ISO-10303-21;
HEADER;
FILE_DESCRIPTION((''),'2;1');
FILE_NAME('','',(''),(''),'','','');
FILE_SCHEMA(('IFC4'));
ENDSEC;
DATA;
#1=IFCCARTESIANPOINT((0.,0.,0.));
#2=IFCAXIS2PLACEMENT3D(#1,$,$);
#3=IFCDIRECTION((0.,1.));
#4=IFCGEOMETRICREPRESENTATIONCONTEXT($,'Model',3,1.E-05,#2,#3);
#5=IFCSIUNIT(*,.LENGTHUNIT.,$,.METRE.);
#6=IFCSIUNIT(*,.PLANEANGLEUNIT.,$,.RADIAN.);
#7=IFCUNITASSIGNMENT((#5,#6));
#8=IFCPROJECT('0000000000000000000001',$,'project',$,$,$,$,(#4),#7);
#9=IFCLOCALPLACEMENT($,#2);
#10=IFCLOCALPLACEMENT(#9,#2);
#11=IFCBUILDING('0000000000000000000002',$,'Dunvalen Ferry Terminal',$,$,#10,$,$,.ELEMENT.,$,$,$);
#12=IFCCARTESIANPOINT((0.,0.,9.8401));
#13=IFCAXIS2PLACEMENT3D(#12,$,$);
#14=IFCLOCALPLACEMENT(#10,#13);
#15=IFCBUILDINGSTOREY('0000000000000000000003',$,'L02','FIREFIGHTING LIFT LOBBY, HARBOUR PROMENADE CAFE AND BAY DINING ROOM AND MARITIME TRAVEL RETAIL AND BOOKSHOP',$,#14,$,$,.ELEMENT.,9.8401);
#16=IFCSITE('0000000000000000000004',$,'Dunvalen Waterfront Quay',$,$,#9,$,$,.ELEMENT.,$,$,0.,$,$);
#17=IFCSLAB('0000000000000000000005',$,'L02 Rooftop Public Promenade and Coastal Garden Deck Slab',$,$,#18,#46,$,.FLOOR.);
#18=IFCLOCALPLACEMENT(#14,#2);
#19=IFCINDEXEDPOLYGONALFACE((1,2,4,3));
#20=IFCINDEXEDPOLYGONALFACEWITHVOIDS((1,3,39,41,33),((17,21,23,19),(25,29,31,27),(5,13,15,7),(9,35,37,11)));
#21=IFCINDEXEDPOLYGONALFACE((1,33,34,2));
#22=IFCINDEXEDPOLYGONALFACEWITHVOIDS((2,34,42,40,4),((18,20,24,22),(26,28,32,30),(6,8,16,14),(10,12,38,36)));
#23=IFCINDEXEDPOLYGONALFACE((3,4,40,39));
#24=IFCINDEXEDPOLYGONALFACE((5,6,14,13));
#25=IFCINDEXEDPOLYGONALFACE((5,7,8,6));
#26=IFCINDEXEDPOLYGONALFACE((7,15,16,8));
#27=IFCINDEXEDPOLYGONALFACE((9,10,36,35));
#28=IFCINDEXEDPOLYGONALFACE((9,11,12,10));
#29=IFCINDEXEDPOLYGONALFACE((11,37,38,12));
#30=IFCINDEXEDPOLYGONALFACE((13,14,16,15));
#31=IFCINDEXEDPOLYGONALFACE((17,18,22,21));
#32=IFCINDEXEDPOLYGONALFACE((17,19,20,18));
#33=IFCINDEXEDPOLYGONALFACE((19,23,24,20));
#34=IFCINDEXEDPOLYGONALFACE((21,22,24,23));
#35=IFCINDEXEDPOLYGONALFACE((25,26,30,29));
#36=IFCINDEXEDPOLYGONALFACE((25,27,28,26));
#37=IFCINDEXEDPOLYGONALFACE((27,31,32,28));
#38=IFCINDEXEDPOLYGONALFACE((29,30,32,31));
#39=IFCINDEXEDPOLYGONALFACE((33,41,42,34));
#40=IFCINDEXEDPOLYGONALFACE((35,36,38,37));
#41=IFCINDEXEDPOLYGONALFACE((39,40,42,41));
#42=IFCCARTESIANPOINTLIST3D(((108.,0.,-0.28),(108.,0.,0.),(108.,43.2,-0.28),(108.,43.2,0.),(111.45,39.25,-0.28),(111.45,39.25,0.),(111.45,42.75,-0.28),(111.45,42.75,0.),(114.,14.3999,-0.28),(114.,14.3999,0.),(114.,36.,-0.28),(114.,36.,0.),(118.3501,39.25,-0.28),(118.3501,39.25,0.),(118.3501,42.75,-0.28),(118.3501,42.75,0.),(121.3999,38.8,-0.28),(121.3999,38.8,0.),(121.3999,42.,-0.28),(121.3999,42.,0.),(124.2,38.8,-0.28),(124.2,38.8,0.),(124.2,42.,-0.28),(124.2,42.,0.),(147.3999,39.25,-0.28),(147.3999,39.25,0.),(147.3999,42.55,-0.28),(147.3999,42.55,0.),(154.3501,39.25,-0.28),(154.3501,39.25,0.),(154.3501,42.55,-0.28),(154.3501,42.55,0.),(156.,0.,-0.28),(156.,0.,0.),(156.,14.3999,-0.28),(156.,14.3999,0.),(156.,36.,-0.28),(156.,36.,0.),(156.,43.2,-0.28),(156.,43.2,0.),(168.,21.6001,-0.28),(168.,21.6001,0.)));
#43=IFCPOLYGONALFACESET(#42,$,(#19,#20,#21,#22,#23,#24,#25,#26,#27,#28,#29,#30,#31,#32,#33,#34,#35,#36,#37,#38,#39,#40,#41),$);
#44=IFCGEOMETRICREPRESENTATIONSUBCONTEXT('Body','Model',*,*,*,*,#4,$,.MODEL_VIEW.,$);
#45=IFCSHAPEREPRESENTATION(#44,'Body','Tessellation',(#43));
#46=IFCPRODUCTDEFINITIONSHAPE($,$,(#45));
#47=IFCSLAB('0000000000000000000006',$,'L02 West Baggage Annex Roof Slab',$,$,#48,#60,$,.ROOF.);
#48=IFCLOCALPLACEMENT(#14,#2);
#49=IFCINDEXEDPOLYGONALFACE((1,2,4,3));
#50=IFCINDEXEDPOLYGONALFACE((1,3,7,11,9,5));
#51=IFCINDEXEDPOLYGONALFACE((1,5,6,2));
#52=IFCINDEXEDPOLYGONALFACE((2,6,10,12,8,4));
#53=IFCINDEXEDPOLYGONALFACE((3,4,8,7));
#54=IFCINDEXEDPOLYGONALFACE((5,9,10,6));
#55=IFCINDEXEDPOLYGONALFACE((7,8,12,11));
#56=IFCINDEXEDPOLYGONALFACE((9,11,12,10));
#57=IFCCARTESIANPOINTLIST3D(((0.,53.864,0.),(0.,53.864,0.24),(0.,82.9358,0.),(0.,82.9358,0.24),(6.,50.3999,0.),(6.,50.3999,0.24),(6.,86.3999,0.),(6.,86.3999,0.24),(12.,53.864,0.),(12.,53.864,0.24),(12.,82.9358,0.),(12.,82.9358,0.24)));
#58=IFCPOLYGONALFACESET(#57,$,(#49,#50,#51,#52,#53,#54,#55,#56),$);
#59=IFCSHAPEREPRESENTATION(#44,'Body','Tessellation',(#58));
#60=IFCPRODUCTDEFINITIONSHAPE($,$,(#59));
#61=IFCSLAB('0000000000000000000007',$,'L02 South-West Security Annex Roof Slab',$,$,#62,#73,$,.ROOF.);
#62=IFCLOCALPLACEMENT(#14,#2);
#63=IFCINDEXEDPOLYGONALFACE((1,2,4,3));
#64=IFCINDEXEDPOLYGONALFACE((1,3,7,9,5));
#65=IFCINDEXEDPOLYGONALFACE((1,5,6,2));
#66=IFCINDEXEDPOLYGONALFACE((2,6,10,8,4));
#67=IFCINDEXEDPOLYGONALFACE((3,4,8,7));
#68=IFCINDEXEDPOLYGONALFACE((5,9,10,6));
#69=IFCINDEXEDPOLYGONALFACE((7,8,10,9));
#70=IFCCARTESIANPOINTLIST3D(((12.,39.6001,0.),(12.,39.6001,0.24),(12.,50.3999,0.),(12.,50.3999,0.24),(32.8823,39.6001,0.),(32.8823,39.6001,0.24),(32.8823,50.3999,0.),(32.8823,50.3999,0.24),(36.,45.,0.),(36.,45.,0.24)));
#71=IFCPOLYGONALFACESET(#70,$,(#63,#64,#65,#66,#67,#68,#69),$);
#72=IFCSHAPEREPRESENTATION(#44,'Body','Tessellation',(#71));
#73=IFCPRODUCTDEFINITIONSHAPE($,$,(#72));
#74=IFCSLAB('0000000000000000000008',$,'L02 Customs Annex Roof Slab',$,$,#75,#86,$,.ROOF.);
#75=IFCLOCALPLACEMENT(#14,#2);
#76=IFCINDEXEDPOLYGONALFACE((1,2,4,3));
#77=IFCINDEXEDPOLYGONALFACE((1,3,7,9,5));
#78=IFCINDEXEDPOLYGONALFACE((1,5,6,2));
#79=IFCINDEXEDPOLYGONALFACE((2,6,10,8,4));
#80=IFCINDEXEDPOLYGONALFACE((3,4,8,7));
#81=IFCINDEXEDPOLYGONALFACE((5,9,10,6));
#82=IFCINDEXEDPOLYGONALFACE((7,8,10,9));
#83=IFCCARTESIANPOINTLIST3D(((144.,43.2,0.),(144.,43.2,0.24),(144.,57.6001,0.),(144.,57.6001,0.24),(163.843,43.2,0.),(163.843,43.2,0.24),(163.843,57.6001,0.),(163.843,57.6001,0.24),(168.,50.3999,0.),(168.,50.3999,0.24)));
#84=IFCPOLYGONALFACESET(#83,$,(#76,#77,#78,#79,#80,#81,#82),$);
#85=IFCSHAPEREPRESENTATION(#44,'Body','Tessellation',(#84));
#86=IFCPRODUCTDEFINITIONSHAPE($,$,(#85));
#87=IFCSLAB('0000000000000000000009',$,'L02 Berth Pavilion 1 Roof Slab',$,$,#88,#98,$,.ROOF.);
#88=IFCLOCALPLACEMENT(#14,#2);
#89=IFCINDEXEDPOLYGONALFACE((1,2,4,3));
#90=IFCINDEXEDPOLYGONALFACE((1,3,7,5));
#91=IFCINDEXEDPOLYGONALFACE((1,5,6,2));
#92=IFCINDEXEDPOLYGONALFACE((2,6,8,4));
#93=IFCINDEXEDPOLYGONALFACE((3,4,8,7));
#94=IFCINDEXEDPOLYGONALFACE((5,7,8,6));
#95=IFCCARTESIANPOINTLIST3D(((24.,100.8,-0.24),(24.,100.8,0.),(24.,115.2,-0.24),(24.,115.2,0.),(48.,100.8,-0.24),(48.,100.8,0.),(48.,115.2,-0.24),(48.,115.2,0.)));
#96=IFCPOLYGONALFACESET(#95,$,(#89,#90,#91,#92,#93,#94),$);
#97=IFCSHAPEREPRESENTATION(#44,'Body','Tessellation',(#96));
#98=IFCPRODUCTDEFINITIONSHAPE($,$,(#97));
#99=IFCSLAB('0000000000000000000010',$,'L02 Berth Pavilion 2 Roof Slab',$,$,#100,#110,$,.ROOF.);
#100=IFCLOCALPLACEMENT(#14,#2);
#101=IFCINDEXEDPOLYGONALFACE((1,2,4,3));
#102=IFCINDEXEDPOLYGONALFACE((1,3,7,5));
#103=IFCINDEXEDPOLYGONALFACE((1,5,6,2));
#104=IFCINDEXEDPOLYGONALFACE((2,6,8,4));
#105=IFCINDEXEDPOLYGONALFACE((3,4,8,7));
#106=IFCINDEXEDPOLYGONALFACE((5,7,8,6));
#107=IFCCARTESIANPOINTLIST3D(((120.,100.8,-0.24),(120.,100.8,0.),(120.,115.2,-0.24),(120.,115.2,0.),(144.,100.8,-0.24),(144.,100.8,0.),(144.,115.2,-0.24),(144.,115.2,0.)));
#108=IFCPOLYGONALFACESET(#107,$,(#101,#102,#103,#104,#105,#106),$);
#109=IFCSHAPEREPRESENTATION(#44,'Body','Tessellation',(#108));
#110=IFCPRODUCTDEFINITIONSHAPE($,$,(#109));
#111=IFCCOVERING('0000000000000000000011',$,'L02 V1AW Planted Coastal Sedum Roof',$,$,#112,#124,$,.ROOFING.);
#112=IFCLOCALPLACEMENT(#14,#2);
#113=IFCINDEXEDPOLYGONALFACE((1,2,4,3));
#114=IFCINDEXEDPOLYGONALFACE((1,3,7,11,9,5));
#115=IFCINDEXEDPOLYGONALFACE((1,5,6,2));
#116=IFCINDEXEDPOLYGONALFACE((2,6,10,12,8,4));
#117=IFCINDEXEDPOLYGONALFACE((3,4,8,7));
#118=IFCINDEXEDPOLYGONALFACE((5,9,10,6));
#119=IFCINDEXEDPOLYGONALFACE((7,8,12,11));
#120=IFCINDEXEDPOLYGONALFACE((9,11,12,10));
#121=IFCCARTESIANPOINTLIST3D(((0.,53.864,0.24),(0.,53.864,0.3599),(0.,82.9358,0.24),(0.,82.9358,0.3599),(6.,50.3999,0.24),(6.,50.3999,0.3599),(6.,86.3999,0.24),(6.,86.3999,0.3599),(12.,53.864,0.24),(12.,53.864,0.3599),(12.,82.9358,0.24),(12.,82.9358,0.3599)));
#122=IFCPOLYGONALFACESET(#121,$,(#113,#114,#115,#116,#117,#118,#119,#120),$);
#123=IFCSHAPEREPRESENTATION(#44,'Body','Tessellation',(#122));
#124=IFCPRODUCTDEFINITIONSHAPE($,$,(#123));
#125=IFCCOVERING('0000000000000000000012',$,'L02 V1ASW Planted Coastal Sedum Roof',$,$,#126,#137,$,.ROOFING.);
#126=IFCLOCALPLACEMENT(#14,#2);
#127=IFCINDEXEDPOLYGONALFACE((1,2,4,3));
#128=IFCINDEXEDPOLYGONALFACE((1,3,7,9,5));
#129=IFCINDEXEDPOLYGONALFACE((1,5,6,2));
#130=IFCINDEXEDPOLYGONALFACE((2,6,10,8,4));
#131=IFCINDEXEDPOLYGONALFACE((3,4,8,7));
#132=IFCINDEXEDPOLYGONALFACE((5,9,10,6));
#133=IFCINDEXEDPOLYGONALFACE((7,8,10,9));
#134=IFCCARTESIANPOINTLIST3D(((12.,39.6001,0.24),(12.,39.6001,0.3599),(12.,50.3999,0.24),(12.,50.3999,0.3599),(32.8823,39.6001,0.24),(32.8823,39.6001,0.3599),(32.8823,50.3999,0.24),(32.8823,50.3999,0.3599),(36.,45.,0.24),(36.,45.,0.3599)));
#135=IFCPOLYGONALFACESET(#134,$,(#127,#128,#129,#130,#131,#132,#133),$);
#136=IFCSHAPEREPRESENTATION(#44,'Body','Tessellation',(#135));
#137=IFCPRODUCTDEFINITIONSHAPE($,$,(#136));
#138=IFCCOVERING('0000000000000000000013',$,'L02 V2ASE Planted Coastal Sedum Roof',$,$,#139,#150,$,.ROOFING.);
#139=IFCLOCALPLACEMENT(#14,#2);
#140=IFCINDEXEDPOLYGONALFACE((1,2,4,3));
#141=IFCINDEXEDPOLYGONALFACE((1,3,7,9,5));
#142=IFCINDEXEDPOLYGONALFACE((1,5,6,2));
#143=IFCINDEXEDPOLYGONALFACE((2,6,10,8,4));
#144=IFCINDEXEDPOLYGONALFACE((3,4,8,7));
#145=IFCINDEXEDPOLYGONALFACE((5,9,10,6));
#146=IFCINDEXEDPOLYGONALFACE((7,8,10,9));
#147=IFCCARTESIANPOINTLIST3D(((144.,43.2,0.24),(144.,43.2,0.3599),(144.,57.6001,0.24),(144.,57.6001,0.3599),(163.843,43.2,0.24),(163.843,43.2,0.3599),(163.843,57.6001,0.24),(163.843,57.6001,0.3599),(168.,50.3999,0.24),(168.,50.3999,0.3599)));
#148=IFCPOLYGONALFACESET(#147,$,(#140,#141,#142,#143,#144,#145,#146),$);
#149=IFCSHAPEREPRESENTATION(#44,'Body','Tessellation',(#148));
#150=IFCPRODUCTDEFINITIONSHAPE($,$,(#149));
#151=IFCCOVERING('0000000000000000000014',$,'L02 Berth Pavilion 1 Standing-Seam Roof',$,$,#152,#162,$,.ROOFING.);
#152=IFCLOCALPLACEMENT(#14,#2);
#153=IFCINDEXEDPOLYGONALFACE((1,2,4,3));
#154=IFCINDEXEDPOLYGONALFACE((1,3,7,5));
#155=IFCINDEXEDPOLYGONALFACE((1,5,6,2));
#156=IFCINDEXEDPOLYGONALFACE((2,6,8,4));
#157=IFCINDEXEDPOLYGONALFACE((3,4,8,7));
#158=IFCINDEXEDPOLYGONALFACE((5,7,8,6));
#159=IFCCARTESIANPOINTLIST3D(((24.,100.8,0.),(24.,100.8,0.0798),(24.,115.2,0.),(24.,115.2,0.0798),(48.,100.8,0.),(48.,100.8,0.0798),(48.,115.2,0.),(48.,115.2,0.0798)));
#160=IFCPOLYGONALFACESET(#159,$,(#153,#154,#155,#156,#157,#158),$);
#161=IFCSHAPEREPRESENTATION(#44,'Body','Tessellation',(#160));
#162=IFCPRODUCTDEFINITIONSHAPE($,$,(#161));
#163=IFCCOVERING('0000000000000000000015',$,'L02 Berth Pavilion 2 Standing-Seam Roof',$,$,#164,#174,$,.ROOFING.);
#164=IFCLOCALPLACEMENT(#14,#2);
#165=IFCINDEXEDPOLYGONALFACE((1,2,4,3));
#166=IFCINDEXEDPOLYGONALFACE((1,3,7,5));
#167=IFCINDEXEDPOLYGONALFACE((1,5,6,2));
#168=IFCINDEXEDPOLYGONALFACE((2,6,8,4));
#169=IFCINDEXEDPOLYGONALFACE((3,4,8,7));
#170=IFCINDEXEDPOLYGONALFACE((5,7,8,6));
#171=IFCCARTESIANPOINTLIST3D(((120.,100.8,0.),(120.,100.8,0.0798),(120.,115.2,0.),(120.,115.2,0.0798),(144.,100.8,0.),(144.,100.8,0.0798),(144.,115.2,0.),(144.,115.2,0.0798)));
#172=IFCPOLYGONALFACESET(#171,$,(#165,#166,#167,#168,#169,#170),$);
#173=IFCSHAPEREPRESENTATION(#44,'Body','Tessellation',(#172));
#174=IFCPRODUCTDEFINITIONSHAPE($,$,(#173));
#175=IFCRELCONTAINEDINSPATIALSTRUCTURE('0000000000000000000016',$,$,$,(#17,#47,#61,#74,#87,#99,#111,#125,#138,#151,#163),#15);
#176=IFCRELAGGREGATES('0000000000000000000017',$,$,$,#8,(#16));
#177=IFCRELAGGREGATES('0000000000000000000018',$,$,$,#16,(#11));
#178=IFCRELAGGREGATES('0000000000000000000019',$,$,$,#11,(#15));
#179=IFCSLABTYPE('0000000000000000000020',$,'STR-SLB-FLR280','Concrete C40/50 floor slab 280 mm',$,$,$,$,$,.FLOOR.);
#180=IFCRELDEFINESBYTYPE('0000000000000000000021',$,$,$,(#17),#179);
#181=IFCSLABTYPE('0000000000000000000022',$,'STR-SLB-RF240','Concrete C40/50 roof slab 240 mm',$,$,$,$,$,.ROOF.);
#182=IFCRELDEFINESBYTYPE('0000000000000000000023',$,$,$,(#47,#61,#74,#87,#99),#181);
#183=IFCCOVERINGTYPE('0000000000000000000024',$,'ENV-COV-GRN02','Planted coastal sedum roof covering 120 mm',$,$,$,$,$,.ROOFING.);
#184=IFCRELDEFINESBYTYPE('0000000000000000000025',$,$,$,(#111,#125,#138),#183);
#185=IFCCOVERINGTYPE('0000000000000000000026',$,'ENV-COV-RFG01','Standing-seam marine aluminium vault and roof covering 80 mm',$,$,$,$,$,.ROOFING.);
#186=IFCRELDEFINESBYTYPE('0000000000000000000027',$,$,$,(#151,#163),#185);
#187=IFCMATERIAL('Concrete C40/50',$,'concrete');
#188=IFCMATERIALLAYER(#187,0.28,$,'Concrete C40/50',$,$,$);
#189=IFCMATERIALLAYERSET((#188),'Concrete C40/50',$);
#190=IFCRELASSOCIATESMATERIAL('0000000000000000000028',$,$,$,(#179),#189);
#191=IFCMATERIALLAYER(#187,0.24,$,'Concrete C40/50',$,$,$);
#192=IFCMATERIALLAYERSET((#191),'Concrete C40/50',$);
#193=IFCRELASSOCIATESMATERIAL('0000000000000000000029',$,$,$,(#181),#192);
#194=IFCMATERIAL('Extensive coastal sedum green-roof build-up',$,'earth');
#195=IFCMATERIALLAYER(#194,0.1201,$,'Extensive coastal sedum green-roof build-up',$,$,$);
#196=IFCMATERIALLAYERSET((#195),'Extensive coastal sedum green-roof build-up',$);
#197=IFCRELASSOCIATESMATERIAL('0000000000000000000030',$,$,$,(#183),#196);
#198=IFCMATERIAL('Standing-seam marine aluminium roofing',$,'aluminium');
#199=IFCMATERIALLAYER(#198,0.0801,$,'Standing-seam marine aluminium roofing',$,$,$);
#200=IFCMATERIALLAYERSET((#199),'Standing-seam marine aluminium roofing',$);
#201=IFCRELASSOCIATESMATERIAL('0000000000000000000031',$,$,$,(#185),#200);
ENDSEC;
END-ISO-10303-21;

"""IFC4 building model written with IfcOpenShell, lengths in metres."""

from ifc_helpers import new_model, si_unit, direction, frame, origin, place, context, subcontext, project, spatial, polyline, outline, extrude, material, layer, layer_set, type_object, element, save


model = new_model("IFC4")

# Units and contexts
model_context = context("Model", 3, precision=1e-05, world=origin(), true_north=direction((0.0, 1.0)))
body_context = subcontext(model_context, "Body", "Model", "MODEL_VIEW")
ifc_project = project(units=[si_unit("LENGTHUNIT", "METRE"), si_unit("PLANEANGLEUNIT", "RADIAN")], contexts=[model_context])

# Site, building, storey
site_placement = place(None, origin())
site = spatial("IfcSite", under=ifc_project, at=site_placement, Name="Dunvalen Waterfront Quay", CompositionType="ELEMENT", RefElevation=0.0)
building_placement = place(site_placement, origin())
building = spatial("IfcBuilding", under=site, at=building_placement, Name="Dunvalen Ferry Terminal", CompositionType="ELEMENT")
storey_placement = place(building_placement, frame((0.0, 0.0, 9.8401)))
storey = spatial("IfcBuildingStorey", under=building, at=storey_placement, Name="L02", Description="FIREFIGHTING LIFT LOBBY, HARBOUR PROMENADE CAFE AND BAY DINING ROOM AND MARITIME TRAVEL RETAIL AND BOOKSHOP", CompositionType="ELEMENT", Elevation=9.8401)

# Slabs
ifc_material_1 = material(Name="Concrete C40/50", Category="concrete")
ifc_layer_1 = layer(ifc_material_1, 0.28, Name="Concrete C40/50")
ifc_layer_set_1 = layer_set([ifc_layer_1], Name="Concrete C40/50")
slab_type_1 = type_object("IfcSlabType", Name="STR-SLB-FLR280", Description="Concrete C40/50 floor slab 280 mm", PredefinedType="FLOOR", material=ifc_layer_set_1)
slab_1_placement = place(storey_placement, frame((0.0, 0.0, -0.28)))
element("IfcSlab", 1, at=slab_1_placement, inside=storey, type_object=slab_type_1, Name="L02 Rooftop Public Promenade and Coastal Garden Deck Slab", PredefinedType="FLOOR", context=body_context, shape_type="SweptSolid", body=[
    extrude(outline(polyline([(108.0, 0.0), (156.0, 0.0), (168.0, 21.6001), (156.0, 43.2), (108.0, 43.2), (108.0, 0.0)]), holes=[polyline([(114.0, 14.3999), (156.0, 14.3999), (156.0, 36.0), (114.0, 36.0), (114.0, 14.3999)]), polyline([(111.45, 39.25), (118.3501, 39.25), (118.3501, 42.75), (111.45, 42.75), (111.45, 39.25)]), polyline([(147.3999, 39.25), (154.3501, 39.25), (154.3501, 42.55), (147.3999, 42.55), (147.3999, 39.25)]), polyline([(121.3999, 38.8), (124.2, 38.8), (124.2, 42.0), (121.3999, 42.0), (121.3999, 38.8)])]), origin(), (0.0, 0.0, 1.0), 0.28),
])
ifc_layer_2 = layer(ifc_material_1, 0.24, Name="Concrete C40/50")
ifc_layer_set_2 = layer_set([ifc_layer_2], Name="Concrete C40/50")
slab_type_2 = type_object("IfcSlabType", Name="STR-SLB-RF240", Description="Concrete C40/50 roof slab 240 mm", PredefinedType="ROOF", material=ifc_layer_set_2)
slab_2_placement = place(storey_placement, origin())
element("IfcSlab", 2, at=slab_2_placement, inside=storey, type_object=slab_type_2, Name="L02 West Baggage Annex Roof Slab", PredefinedType="ROOF", context=body_context, shape_type="SweptSolid", body=[
    extrude(outline(polyline([(6.0, 50.3999), (12.0, 53.864), (12.0, 82.9358), (6.0, 86.3999), (0.0, 82.9358), (0.0, 53.864), (6.0, 50.3999)])), origin(), (0.0, 0.0, 1.0), 0.24),
])
slab_3_placement = place(storey_placement, origin())
element("IfcSlab", 3, at=slab_3_placement, inside=storey, type_object=slab_type_2, Name="L02 South-West Security Annex Roof Slab", PredefinedType="ROOF", context=body_context, shape_type="SweptSolid", body=[
    extrude(outline(polyline([(12.0, 39.6001), (32.8823, 39.6001), (36.0, 45.0), (32.8823, 50.3999), (12.0, 50.3999), (12.0, 39.6001)])), origin(), (0.0, 0.0, 1.0), 0.24),
])
slab_4_placement = place(storey_placement, origin())
element("IfcSlab", 4, at=slab_4_placement, inside=storey, type_object=slab_type_2, Name="L02 Customs Annex Roof Slab", PredefinedType="ROOF", context=body_context, shape_type="SweptSolid", body=[
    extrude(outline(polyline([(144.0, 43.2), (163.843, 43.2), (168.0, 50.3999), (163.843, 57.6001), (144.0, 57.6001), (144.0, 43.2)])), origin(), (0.0, 0.0, 1.0), 0.24),
])
slab_5_placement = place(storey_placement, frame((0.0, 0.0, -0.24)))
element("IfcSlab", 5, at=slab_5_placement, inside=storey, type_object=slab_type_2, Name="L02 Berth Pavilion 1 Roof Slab", PredefinedType="ROOF", context=body_context, shape_type="SweptSolid", body=[
    extrude(outline(polyline([(24.0, 100.8), (48.0, 100.8), (48.0, 115.2), (24.0, 115.2), (24.0, 100.8)])), origin(), (0.0, 0.0, 1.0), 0.24),
])
slab_6_placement = place(storey_placement, frame((0.0, 0.0, -0.24)))
element("IfcSlab", 6, at=slab_6_placement, inside=storey, type_object=slab_type_2, Name="L02 Berth Pavilion 2 Roof Slab", PredefinedType="ROOF", context=body_context, shape_type="SweptSolid", body=[
    extrude(outline(polyline([(120.0, 100.8), (144.0, 100.8), (144.0, 115.2), (120.0, 115.2), (120.0, 100.8)])), origin(), (0.0, 0.0, 1.0), 0.24),
])

# Coverings
ifc_material_2 = material(Name="Extensive coastal sedum green-roof build-up", Category="earth")
ifc_layer_3 = layer(ifc_material_2, 0.1201, Name="Extensive coastal sedum green-roof build-up")
ifc_layer_set_3 = layer_set([ifc_layer_3], Name="Extensive coastal sedum green-roof build-up")
covering_type_1 = type_object("IfcCoveringType", Name="ENV-COV-GRN02", Description="Planted coastal sedum roof covering 120 mm", PredefinedType="ROOFING", material=ifc_layer_set_3)
covering_1_placement = place(storey_placement, frame((0.0, 0.0, 0.24)))
element("IfcCovering", 7, at=covering_1_placement, inside=storey, type_object=covering_type_1, Name="L02 V1AW Planted Coastal Sedum Roof", PredefinedType="ROOFING", context=body_context, shape_type="SweptSolid", body=[
    extrude(outline(polyline([(6.0, 50.3999), (12.0, 53.864), (12.0, 82.9358), (6.0, 86.3999), (0.0, 82.9358), (0.0, 53.864), (6.0, 50.3999)])), origin(), (0.0, 0.0, 1.0), 0.1199),
])
covering_2_placement = place(storey_placement, frame((0.0, 0.0, 0.24)))
element("IfcCovering", 8, at=covering_2_placement, inside=storey, type_object=covering_type_1, Name="L02 V1ASW Planted Coastal Sedum Roof", PredefinedType="ROOFING", context=body_context, shape_type="SweptSolid", body=[
    extrude(outline(polyline([(12.0, 39.6001), (32.8823, 39.6001), (36.0, 45.0), (32.8823, 50.3999), (12.0, 50.3999), (12.0, 39.6001)])), origin(), (0.0, 0.0, 1.0), 0.1199),
])
covering_3_placement = place(storey_placement, frame((0.0, 0.0, 0.24)))
element("IfcCovering", 9, at=covering_3_placement, inside=storey, type_object=covering_type_1, Name="L02 V2ASE Planted Coastal Sedum Roof", PredefinedType="ROOFING", context=body_context, shape_type="SweptSolid", body=[
    extrude(outline(polyline([(144.0, 43.2), (163.843, 43.2), (168.0, 50.3999), (163.843, 57.6001), (144.0, 57.6001), (144.0, 43.2)])), origin(), (0.0, 0.0, 1.0), 0.1199),
])
ifc_material_3 = material(Name="Standing-seam marine aluminium roofing", Category="aluminium")
ifc_layer_4 = layer(ifc_material_3, 0.0801, Name="Standing-seam marine aluminium roofing")
ifc_layer_set_4 = layer_set([ifc_layer_4], Name="Standing-seam marine aluminium roofing")
covering_type_2 = type_object("IfcCoveringType", Name="ENV-COV-RFG01", Description="Standing-seam marine aluminium vault and roof covering 80 mm", PredefinedType="ROOFING", material=ifc_layer_set_4)
covering_4_placement = place(storey_placement, origin())
element("IfcCovering", 10, at=covering_4_placement, inside=storey, type_object=covering_type_2, Name="L02 Berth Pavilion 1 Standing-Seam Roof", PredefinedType="ROOFING", context=body_context, shape_type="SweptSolid", body=[
    extrude(outline(polyline([(24.0, 100.8), (48.0, 100.8), (48.0, 115.2), (24.0, 115.2), (24.0, 100.8)])), origin(), (0.0, 0.0, 1.0), 0.0798),
])
covering_5_placement = place(storey_placement, origin())
element("IfcCovering", 11, at=covering_5_placement, inside=storey, type_object=covering_type_2, Name="L02 Berth Pavilion 2 Standing-Seam Roof", PredefinedType="ROOFING", context=body_context, shape_type="SweptSolid", body=[
    extrude(outline(polyline([(120.0, 100.8), (144.0, 100.8), (144.0, 115.2), (120.0, 115.2), (120.0, 100.8)])), origin(), (0.0, 0.0, 1.0), 0.0798),
])

save(model, "model.ifc")
